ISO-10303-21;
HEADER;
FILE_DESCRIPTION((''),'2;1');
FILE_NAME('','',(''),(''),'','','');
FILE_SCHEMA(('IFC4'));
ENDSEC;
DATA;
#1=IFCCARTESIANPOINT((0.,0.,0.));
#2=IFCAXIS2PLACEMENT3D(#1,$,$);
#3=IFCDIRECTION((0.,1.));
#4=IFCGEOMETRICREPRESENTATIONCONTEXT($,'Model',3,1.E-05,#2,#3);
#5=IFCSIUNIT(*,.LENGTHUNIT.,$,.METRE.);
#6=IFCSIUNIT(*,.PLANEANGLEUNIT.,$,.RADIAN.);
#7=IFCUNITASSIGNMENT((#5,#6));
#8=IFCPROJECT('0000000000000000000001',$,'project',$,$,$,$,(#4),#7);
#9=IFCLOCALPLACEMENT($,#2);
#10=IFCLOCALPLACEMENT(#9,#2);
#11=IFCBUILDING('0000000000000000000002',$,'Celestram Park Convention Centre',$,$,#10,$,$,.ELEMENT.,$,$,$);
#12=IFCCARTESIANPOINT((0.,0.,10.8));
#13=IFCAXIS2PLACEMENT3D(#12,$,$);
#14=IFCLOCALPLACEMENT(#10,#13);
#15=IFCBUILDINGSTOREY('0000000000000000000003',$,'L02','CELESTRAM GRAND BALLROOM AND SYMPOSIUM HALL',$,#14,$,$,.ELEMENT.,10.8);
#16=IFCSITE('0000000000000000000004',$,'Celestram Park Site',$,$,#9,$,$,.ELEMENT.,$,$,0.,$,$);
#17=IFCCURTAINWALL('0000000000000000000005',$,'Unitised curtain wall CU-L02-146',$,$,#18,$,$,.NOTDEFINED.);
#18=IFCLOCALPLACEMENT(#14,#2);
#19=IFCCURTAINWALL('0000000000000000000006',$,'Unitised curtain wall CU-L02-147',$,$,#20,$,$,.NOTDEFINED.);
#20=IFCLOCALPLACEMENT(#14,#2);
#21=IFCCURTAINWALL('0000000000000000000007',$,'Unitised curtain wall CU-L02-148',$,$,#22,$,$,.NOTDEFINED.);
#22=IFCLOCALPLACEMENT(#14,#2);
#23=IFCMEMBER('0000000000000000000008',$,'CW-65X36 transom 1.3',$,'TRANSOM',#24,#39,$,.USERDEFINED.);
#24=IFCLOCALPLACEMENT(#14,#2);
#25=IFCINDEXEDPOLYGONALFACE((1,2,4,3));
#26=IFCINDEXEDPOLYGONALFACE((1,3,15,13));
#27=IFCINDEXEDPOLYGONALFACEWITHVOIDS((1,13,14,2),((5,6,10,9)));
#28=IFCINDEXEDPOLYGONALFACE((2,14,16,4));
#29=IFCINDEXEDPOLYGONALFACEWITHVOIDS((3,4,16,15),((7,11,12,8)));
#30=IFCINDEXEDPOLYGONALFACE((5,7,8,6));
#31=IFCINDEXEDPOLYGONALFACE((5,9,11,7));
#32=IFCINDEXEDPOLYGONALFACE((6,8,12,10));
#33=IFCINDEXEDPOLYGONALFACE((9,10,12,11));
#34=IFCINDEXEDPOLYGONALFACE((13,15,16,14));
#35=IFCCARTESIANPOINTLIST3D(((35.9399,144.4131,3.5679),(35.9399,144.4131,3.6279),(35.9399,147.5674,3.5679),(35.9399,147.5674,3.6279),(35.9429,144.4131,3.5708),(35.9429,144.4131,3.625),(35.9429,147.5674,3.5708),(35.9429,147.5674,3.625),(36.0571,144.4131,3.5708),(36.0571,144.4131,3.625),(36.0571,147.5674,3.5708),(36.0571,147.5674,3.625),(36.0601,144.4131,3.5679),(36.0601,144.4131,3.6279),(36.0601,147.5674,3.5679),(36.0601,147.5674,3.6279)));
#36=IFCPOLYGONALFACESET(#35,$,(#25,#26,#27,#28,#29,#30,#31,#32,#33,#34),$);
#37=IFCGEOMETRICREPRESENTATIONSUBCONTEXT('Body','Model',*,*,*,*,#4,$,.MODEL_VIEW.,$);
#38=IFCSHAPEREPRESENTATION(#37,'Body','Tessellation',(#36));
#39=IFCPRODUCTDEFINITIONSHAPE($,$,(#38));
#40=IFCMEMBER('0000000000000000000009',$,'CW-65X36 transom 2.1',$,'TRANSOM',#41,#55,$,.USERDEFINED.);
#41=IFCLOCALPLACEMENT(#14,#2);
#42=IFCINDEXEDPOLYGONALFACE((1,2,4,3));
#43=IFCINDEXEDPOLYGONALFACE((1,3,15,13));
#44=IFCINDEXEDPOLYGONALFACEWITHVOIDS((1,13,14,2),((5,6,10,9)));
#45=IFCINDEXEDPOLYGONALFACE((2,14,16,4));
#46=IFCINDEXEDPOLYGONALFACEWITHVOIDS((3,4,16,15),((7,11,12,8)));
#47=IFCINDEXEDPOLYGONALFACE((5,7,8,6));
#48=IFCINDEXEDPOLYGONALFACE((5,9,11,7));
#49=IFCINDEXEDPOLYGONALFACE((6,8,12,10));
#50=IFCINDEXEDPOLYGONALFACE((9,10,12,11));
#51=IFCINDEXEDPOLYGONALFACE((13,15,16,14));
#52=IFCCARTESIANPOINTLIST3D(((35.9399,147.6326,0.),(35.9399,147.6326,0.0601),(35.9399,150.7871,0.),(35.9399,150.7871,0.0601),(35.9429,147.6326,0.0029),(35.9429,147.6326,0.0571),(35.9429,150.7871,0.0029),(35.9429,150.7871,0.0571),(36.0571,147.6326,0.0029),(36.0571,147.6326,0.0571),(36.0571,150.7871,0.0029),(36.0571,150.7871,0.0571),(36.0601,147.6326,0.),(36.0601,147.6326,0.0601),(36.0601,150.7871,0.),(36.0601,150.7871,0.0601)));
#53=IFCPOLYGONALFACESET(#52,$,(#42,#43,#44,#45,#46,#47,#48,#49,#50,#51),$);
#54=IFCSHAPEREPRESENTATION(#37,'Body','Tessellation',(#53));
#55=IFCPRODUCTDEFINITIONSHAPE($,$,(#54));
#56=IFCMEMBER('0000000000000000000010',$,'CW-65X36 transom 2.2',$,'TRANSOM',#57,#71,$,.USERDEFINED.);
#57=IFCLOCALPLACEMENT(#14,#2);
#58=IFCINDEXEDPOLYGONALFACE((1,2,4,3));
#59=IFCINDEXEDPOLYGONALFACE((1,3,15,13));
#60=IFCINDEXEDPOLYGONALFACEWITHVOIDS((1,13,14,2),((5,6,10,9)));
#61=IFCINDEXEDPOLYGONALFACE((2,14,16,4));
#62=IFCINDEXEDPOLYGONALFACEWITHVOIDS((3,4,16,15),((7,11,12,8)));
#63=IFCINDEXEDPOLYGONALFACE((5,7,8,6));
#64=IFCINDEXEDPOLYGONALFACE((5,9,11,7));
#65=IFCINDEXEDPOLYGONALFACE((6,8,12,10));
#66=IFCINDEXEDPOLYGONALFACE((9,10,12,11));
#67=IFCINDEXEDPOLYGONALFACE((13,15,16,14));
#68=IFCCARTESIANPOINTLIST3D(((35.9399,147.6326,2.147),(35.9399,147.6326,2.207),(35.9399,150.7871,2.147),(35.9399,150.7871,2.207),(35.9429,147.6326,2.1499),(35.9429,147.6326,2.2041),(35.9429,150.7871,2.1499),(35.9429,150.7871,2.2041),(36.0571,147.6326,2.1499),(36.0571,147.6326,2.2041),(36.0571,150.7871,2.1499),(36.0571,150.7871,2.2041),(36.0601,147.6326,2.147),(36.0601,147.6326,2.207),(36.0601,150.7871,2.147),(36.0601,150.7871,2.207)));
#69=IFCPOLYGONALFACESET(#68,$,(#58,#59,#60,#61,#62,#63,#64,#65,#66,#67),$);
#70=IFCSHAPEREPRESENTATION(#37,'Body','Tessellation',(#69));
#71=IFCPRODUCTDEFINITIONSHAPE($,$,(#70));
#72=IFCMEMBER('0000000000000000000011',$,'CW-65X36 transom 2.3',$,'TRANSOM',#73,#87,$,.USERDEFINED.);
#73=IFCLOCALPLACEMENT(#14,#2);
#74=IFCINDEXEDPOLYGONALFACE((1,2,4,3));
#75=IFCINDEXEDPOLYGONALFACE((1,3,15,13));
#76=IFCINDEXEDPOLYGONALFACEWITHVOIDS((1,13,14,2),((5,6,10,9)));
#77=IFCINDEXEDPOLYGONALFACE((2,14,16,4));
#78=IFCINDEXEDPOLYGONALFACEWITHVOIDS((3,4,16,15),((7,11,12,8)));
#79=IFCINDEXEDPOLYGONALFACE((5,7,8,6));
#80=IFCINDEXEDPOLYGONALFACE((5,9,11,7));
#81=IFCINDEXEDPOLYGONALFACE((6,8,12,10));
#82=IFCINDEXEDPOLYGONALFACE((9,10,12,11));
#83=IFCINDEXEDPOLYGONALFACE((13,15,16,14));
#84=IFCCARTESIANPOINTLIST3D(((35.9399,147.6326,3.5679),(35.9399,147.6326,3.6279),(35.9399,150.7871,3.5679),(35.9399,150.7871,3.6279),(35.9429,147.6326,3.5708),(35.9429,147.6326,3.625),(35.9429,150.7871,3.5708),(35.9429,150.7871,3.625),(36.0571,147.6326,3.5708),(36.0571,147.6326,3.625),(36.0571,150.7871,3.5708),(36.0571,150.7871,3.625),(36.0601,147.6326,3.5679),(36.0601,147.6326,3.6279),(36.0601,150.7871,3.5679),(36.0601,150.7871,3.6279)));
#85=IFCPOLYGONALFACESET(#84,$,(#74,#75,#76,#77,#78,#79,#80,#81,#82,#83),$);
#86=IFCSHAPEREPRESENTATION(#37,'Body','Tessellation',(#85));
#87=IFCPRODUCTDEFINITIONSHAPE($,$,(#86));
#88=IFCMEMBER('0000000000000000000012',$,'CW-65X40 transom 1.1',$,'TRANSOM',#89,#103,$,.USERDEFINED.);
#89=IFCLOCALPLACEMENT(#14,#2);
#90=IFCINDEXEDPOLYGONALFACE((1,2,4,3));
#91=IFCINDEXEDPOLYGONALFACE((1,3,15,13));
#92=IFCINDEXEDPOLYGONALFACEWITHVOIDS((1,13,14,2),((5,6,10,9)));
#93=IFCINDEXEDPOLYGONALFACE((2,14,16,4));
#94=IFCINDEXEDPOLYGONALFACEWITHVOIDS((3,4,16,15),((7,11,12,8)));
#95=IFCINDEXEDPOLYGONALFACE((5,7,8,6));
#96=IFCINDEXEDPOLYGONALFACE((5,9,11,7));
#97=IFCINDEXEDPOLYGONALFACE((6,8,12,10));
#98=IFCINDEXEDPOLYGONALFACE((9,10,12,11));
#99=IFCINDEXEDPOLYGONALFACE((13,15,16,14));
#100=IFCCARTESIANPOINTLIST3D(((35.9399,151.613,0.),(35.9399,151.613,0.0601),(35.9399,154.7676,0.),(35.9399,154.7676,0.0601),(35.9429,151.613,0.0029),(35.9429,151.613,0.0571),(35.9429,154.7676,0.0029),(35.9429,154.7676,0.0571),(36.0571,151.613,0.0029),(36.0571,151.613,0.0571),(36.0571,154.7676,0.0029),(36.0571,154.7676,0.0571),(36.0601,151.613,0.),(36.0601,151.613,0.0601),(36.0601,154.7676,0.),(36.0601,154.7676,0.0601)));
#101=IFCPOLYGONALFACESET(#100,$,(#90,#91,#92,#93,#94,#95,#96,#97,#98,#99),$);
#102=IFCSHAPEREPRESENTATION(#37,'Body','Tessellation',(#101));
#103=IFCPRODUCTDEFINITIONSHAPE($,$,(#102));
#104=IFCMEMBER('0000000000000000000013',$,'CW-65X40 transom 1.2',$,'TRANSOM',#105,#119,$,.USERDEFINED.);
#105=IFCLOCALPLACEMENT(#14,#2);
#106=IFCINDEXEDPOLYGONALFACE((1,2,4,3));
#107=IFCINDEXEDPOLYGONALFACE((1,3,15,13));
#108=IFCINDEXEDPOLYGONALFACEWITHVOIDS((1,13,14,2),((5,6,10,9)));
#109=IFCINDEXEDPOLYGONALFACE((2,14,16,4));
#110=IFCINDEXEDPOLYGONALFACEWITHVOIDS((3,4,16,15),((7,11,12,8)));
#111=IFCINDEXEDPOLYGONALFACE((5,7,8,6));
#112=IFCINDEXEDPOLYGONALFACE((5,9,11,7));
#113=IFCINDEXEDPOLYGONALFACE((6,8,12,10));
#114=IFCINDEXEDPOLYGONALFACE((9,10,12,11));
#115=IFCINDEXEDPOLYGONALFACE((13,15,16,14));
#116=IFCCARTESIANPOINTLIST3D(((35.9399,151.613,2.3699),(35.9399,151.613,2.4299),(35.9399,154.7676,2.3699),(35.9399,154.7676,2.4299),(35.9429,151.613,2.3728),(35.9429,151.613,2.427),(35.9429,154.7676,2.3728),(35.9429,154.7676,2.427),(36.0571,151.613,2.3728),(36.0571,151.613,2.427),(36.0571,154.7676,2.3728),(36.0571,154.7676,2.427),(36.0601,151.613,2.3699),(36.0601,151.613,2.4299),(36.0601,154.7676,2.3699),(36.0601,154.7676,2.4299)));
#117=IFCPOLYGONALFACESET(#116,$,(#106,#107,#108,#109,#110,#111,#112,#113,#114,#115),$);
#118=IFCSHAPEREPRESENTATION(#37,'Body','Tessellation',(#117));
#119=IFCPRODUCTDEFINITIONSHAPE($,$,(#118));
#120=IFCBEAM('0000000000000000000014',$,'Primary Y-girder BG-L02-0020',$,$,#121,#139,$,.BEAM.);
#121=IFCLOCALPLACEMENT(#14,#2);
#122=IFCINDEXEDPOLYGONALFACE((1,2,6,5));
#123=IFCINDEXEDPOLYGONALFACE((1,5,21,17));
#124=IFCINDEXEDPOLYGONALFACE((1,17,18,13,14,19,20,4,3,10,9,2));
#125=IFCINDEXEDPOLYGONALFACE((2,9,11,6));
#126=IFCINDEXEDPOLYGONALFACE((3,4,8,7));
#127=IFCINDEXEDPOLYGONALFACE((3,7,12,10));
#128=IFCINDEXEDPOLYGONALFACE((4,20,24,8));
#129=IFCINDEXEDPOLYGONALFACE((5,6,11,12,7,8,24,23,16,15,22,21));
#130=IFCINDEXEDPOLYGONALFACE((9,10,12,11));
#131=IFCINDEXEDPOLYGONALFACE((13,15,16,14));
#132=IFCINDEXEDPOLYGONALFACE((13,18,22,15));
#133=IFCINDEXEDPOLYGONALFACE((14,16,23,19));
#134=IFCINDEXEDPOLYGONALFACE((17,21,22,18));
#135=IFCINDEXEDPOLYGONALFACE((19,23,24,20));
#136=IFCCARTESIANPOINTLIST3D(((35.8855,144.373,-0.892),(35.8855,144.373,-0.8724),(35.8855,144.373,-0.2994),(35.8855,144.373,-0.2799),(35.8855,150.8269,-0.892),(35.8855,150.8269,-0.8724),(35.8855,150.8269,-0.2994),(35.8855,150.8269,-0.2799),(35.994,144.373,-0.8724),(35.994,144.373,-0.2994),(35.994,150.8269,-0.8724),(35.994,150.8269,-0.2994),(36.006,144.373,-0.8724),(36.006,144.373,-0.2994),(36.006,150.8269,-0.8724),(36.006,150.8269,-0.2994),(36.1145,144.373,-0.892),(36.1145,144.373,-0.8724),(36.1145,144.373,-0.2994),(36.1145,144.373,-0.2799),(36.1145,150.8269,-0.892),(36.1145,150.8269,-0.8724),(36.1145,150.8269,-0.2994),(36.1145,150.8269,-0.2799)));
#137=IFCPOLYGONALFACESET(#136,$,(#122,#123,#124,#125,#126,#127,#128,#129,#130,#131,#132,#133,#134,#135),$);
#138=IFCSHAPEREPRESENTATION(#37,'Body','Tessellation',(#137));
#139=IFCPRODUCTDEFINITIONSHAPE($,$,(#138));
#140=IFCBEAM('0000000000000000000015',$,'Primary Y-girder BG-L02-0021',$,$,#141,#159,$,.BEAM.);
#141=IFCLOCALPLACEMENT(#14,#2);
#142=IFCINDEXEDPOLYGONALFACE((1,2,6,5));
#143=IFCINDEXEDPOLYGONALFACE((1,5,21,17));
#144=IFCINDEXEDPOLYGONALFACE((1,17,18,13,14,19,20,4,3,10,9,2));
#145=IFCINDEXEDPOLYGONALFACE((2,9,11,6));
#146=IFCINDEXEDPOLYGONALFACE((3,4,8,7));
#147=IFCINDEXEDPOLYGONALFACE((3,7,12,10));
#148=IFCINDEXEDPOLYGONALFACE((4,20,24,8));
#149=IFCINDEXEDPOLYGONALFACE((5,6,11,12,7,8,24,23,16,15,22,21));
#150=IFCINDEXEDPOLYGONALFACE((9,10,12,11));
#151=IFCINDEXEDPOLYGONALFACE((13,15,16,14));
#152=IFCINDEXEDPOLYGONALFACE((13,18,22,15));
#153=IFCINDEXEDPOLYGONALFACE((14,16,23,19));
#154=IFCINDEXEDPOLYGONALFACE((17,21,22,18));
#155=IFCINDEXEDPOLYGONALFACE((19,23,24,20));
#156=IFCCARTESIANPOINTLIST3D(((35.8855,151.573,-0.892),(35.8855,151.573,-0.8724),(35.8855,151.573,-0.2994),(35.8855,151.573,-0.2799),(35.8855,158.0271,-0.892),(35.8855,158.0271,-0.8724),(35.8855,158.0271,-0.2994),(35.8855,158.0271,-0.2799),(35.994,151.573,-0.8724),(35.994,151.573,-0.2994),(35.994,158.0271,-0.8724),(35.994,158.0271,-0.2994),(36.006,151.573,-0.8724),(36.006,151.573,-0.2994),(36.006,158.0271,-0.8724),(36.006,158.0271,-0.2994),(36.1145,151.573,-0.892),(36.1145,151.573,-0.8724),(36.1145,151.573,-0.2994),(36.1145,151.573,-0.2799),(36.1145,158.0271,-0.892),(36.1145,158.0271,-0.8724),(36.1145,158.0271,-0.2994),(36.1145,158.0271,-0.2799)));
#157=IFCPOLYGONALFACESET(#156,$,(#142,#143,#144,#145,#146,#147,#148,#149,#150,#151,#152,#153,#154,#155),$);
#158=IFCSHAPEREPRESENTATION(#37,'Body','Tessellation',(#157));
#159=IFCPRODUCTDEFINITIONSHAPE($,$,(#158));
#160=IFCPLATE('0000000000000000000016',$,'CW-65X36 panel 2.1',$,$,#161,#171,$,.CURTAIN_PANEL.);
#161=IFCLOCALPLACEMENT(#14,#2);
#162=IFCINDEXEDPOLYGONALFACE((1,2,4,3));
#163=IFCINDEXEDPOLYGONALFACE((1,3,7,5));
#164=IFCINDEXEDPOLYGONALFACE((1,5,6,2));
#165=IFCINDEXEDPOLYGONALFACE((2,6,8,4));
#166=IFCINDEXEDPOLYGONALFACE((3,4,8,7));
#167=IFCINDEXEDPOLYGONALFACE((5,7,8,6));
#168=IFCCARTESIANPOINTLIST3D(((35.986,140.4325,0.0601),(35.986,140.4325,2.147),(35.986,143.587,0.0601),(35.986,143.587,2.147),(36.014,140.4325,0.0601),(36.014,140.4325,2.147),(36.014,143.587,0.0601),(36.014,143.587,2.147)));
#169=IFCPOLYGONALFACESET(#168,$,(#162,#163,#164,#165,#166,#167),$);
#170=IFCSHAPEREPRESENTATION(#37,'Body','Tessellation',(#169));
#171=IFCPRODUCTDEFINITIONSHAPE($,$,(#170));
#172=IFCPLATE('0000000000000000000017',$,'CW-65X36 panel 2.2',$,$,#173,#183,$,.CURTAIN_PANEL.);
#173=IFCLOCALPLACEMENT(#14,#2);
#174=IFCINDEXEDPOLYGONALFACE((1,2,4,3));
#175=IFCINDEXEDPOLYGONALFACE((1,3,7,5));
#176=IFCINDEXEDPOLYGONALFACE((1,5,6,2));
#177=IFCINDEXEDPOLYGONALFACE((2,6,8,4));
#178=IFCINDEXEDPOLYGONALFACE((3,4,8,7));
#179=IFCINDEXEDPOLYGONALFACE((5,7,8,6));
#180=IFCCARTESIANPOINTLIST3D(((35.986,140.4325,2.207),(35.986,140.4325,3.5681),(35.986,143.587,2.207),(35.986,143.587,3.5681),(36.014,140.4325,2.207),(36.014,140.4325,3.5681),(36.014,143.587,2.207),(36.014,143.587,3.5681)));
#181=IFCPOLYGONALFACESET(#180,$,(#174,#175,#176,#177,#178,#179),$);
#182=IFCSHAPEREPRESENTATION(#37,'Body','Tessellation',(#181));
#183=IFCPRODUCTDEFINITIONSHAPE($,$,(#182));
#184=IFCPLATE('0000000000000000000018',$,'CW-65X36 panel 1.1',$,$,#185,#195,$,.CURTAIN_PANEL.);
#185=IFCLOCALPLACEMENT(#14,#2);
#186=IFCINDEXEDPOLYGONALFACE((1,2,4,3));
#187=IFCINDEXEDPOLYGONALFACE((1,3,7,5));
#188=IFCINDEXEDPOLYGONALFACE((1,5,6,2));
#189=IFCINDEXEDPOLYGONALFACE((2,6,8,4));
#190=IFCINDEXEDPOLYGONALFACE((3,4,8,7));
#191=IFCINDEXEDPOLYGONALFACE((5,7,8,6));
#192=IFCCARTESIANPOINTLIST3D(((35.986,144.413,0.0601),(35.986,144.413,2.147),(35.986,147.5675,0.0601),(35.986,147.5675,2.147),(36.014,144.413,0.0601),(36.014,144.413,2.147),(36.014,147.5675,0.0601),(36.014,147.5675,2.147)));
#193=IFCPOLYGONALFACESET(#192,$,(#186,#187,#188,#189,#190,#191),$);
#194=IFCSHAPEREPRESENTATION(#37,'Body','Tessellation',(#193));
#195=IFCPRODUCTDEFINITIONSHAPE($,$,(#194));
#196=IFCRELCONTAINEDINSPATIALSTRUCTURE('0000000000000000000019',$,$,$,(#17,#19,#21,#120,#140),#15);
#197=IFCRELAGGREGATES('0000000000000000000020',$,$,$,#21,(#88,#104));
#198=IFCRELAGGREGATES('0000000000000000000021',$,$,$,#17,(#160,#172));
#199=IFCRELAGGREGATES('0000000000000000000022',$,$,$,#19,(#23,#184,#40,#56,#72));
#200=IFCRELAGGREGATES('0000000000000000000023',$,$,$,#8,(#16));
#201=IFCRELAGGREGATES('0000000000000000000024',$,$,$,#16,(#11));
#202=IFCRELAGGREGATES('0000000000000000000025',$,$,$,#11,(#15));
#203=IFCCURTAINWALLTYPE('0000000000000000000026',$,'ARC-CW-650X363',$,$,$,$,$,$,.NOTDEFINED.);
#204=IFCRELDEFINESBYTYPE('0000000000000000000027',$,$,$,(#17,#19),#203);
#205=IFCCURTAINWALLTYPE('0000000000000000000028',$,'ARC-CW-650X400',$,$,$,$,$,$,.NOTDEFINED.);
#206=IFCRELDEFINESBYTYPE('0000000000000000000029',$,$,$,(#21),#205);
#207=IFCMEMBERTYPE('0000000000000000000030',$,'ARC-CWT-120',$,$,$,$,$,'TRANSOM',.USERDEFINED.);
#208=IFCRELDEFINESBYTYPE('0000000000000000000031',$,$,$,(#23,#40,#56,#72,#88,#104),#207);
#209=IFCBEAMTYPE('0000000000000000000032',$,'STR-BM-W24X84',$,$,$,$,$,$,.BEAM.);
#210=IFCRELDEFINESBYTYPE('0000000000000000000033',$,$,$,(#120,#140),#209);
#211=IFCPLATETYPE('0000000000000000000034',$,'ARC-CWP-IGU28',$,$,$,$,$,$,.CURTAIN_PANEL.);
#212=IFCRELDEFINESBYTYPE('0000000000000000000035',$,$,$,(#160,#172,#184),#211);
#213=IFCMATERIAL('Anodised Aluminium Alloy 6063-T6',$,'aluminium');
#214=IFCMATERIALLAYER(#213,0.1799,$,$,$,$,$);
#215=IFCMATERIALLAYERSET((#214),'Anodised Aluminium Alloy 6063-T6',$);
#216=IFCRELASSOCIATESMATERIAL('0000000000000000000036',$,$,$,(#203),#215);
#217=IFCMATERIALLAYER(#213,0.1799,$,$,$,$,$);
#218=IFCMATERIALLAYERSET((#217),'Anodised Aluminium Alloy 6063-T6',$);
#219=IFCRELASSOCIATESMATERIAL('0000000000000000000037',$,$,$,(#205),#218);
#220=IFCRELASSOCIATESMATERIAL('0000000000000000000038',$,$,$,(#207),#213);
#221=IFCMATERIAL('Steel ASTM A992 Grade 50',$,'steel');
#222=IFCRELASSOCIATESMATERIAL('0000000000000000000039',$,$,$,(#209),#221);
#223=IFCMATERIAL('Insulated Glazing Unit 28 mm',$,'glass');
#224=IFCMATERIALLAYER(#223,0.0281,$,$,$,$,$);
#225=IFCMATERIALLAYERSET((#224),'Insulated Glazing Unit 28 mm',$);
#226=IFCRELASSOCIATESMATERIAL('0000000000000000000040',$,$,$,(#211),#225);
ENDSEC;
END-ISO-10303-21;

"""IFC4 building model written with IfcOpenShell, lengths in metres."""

from ifc_helpers import new_model, si_unit, direction, frame, origin, origin_2d, place, context, subcontext, project, spatial, rectangle, hollow_rectangle, i_section, extrude, material, layer, layer_set, material_profile, profile_set, type_object, element, aggregate, save


model = new_model("IFC4")

# Units and contexts
model_context = context("Model", 3, precision=1e-05, world=origin(), true_north=direction((0.0, 1.0)))
body_context = subcontext(model_context, "Body", "Model", "MODEL_VIEW")
ifc_project = project(units=[si_unit("LENGTHUNIT", "METRE"), si_unit("PLANEANGLEUNIT", "RADIAN")], contexts=[model_context])

# Site, building, storey
site_placement = place(None, origin())
site = spatial("IfcSite", under=ifc_project, at=site_placement, Name="Celestram Park Site", CompositionType="ELEMENT", RefElevation=0.0)
building_placement = place(site_placement, origin())
building = spatial("IfcBuilding", under=site, at=building_placement, Name="Celestram Park Convention Centre", CompositionType="ELEMENT")
storey_placement = place(building_placement, frame((0.0, 0.0, 10.8)))
storey = spatial("IfcBuildingStorey", under=building, at=storey_placement, Name="L02", Description="CELESTRAM GRAND BALLROOM AND SYMPOSIUM HALL", CompositionType="ELEMENT", Elevation=10.8)

# Curtain wall
ifc_material_1 = material(Name="Anodised Aluminium Alloy 6063-T6", Category="aluminium")
ifc_layer_1 = layer(ifc_material_1, 0.1799)
ifc_layer_set_1 = layer_set([ifc_layer_1], Name="Anodised Aluminium Alloy 6063-T6")
curtain_wall_type_1 = type_object("IfcCurtainWallType", Name="ARC-CW-650X363", PredefinedType="NOTDEFINED", material=ifc_layer_set_1)
curtain_wall_1_placement = place(storey_placement, origin())
curtain_wall_1 = element("IfcCurtainWall", 1, at=curtain_wall_1_placement, inside=storey, type_object=curtain_wall_type_1, Name="Unitised curtain wall CU-L02-146", PredefinedType="NOTDEFINED")

# Curtain wall
curtain_wall_2_placement = place(storey_placement, origin())
curtain_wall_2 = element("IfcCurtainWall", 2, at=curtain_wall_2_placement, inside=storey, type_object=curtain_wall_type_1, Name="Unitised curtain wall CU-L02-147", PredefinedType="NOTDEFINED")

# Curtain wall
ifc_layer_2 = layer(ifc_material_1, 0.1799)
ifc_layer_set_2 = layer_set([ifc_layer_2], Name="Anodised Aluminium Alloy 6063-T6")
curtain_wall_type_2 = type_object("IfcCurtainWallType", Name="ARC-CW-650X400", PredefinedType="NOTDEFINED", material=ifc_layer_set_2)
curtain_wall_3_placement = place(storey_placement, origin())
curtain_wall_3 = element("IfcCurtainWall", 3, at=curtain_wall_3_placement, inside=storey, type_object=curtain_wall_type_2, Name="Unitised curtain wall CU-L02-148", PredefinedType="NOTDEFINED")

# Members
ifc_material_profile_1 = material_profile(ifc_material_1, hollow_rectangle(XDim=0.1201, YDim=0.0601, WallThickness=0.0029, at=origin_2d()), Name="ALU120X60X3")
ifc_profile_set_1 = profile_set([ifc_material_profile_1], Name="Anodised Aluminium Alloy 6063-T6")
member_type_1 = type_object("IfcMemberType", Name="ARC-CWT-120", ElementType="TRANSOM", PredefinedType="USERDEFINED", material=ifc_profile_set_1)
member_1_placement = place(storey_placement, frame((36.0, 144.4131, 3.5979), z_axis=(0.0, 1.0, 0.0), x_axis=(-1.0, 0.0, 0.0)))
member_1 = element("IfcMember", 4, at=member_1_placement, type_object=member_type_1, Name="CW-65X36 transom 1.3", ObjectType="TRANSOM", PredefinedType="USERDEFINED", context=body_context, shape_type="SweptSolid", body=[
    extrude(hollow_rectangle(XDim=0.1201, YDim=0.0601, WallThickness=0.0029, at=origin_2d()), origin(), (0.0, 0.0, 1.0), 3.1543),
])
member_2_placement = place(storey_placement, frame((36.0, 147.6326, 0.03), z_axis=(0.0, 1.0, 0.0), x_axis=(-1.0, 0.0, 0.0)))
member_2 = element("IfcMember", 5, at=member_2_placement, type_object=member_type_1, Name="CW-65X36 transom 2.1", ObjectType="TRANSOM", PredefinedType="USERDEFINED", context=body_context, shape_type="SweptSolid", body=[
    extrude(hollow_rectangle(XDim=0.1201, YDim=0.0601, WallThickness=0.0029, at=origin_2d()), origin(), (0.0, 0.0, 1.0), 3.1545),
])
member_3_placement = place(storey_placement, frame((36.0, 147.6326, 2.177), z_axis=(0.0, 1.0, 0.0), x_axis=(-1.0, 0.0, 0.0)))
member_3 = element("IfcMember", 6, at=member_3_placement, type_object=member_type_1, Name="CW-65X36 transom 2.2", ObjectType="TRANSOM", PredefinedType="USERDEFINED", context=body_context, shape_type="SweptSolid", body=[
    extrude(hollow_rectangle(XDim=0.1201, YDim=0.0601, WallThickness=0.0029, at=origin_2d()), origin(), (0.0, 0.0, 1.0), 3.1545),
])
member_4_placement = place(storey_placement, frame((36.0, 147.6326, 3.5979), z_axis=(0.0, 1.0, 0.0), x_axis=(-1.0, 0.0, 0.0)))
member_4 = element("IfcMember", 7, at=member_4_placement, type_object=member_type_1, Name="CW-65X36 transom 2.3", ObjectType="TRANSOM", PredefinedType="USERDEFINED", context=body_context, shape_type="SweptSolid", body=[
    extrude(hollow_rectangle(XDim=0.1201, YDim=0.0601, WallThickness=0.0029, at=origin_2d()), origin(), (0.0, 0.0, 1.0), 3.1545),
])
member_5_placement = place(storey_placement, frame((36.0, 151.613, 0.03), z_axis=(0.0, 1.0, 0.0), x_axis=(-1.0, 0.0, 0.0)))
member_5 = element("IfcMember", 8, at=member_5_placement, type_object=member_type_1, Name="CW-65X40 transom 1.1", ObjectType="TRANSOM", PredefinedType="USERDEFINED", context=body_context, shape_type="SweptSolid", body=[
    extrude(hollow_rectangle(XDim=0.1201, YDim=0.0601, WallThickness=0.0029, at=origin_2d()), origin(), (0.0, 0.0, 1.0), 3.1545),
])
member_6_placement = place(storey_placement, frame((36.0, 151.613, 2.3999), z_axis=(0.0, 1.0, 0.0), x_axis=(-1.0, 0.0, 0.0)))
member_6 = element("IfcMember", 9, at=member_6_placement, type_object=member_type_1, Name="CW-65X40 transom 1.2", ObjectType="TRANSOM", PredefinedType="USERDEFINED", context=body_context, shape_type="SweptSolid", body=[
    extrude(hollow_rectangle(XDim=0.1201, YDim=0.0601, WallThickness=0.0029, at=origin_2d()), origin(), (0.0, 0.0, 1.0), 3.1545),
])
aggregate(curtain_wall_3, [member_5, member_6])

# Beams
ifc_material_2 = material(Name="Steel ASTM A992 Grade 50", Category="steel")
ifc_material_profile_2 = material_profile(ifc_material_2, i_section(OverallWidth=0.229, OverallDepth=0.6121, WebThickness=0.012, FlangeThickness=0.0195, at=origin_2d()), Name="W24X84")
ifc_profile_set_2 = profile_set([ifc_material_profile_2], Name="Steel ASTM A992 Grade 50")
beam_type = type_object("IfcBeamType", Name="STR-BM-W24X84", PredefinedType="BEAM", material=ifc_profile_set_2)
beam_1_placement = place(storey_placement, frame((36.0, 144.373, -0.5859), z_axis=(0.0, 1.0, 0.0), x_axis=(-1.0, 0.0, 0.0)))
element("IfcBeam", 10, at=beam_1_placement, inside=storey, type_object=beam_type, Name="Primary Y-girder BG-L02-0020", PredefinedType="BEAM", context=body_context, shape_type="SweptSolid", body=[
    extrude(i_section(OverallWidth=0.229, OverallDepth=0.6121, WebThickness=0.012, FlangeThickness=0.0195, at=origin_2d()), origin(), (0.0, 0.0, 1.0), 6.4539),
])
beam_2_placement = place(storey_placement, frame((36.0, 151.573, -0.5859), z_axis=(0.0, 1.0, 0.0), x_axis=(-1.0, 0.0, 0.0)))
element("IfcBeam", 11, at=beam_2_placement, inside=storey, type_object=beam_type, Name="Primary Y-girder BG-L02-0021", PredefinedType="BEAM", context=body_context, shape_type="SweptSolid", body=[
    extrude(i_section(OverallWidth=0.229, OverallDepth=0.6121, WebThickness=0.012, FlangeThickness=0.0195, at=origin_2d()), origin(), (0.0, 0.0, 1.0), 6.4541),
])

# Plates
ifc_material_3 = material(Name="Insulated Glazing Unit 28 mm", Category="glass")
ifc_layer_3 = layer(ifc_material_3, 0.0281)
ifc_layer_set_3 = layer_set([ifc_layer_3], Name="Insulated Glazing Unit 28 mm")
plate_type = type_object("IfcPlateType", Name="ARC-CWP-IGU28", PredefinedType="CURTAIN_PANEL", material=ifc_layer_set_3)
plate_1_placement = place(storey_placement, frame((36.0, 142.0098, 0.0601), z_axis=(0.0, 0.0, 1.0), x_axis=(0.0, 1.0, 0.0)))
plate_1 = element("IfcPlate", 12, at=plate_1_placement, type_object=plate_type, Name="CW-65X36 panel 2.1", PredefinedType="CURTAIN_PANEL", context=body_context, shape_type="SweptSolid", body=[
    extrude(rectangle(XDim=3.1545, YDim=0.0281, at=origin_2d()), origin(), (0.0, 0.0, 1.0), 2.0869),
])
plate_2_placement = place(storey_placement, frame((36.0, 142.0098, 2.207), z_axis=(0.0, 0.0, 1.0), x_axis=(0.0, 1.0, 0.0)))
plate_2 = element("IfcPlate", 13, at=plate_2_placement, type_object=plate_type, Name="CW-65X36 panel 2.2", PredefinedType="CURTAIN_PANEL", context=body_context, shape_type="SweptSolid", body=[
    extrude(rectangle(XDim=3.1545, YDim=0.0281, at=origin_2d()), origin(), (0.0, 0.0, 1.0), 1.3611),
])
aggregate(curtain_wall_1, [plate_1, plate_2])
plate_3_placement = place(storey_placement, frame((36.0, 145.9902, 0.0601), z_axis=(0.0, 0.0, 1.0), x_axis=(0.0, 1.0, 0.0)))
plate_3 = element("IfcPlate", 14, at=plate_3_placement, type_object=plate_type, Name="CW-65X36 panel 1.1", PredefinedType="CURTAIN_PANEL", context=body_context, shape_type="SweptSolid", body=[
    extrude(rectangle(XDim=3.1545, YDim=0.0281, at=origin_2d()), origin(), (0.0, 0.0, 1.0), 2.0869),
])
aggregate(curtain_wall_2, [member_1, plate_3, member_2, member_3, member_4])

save(model, "model.ifc")
